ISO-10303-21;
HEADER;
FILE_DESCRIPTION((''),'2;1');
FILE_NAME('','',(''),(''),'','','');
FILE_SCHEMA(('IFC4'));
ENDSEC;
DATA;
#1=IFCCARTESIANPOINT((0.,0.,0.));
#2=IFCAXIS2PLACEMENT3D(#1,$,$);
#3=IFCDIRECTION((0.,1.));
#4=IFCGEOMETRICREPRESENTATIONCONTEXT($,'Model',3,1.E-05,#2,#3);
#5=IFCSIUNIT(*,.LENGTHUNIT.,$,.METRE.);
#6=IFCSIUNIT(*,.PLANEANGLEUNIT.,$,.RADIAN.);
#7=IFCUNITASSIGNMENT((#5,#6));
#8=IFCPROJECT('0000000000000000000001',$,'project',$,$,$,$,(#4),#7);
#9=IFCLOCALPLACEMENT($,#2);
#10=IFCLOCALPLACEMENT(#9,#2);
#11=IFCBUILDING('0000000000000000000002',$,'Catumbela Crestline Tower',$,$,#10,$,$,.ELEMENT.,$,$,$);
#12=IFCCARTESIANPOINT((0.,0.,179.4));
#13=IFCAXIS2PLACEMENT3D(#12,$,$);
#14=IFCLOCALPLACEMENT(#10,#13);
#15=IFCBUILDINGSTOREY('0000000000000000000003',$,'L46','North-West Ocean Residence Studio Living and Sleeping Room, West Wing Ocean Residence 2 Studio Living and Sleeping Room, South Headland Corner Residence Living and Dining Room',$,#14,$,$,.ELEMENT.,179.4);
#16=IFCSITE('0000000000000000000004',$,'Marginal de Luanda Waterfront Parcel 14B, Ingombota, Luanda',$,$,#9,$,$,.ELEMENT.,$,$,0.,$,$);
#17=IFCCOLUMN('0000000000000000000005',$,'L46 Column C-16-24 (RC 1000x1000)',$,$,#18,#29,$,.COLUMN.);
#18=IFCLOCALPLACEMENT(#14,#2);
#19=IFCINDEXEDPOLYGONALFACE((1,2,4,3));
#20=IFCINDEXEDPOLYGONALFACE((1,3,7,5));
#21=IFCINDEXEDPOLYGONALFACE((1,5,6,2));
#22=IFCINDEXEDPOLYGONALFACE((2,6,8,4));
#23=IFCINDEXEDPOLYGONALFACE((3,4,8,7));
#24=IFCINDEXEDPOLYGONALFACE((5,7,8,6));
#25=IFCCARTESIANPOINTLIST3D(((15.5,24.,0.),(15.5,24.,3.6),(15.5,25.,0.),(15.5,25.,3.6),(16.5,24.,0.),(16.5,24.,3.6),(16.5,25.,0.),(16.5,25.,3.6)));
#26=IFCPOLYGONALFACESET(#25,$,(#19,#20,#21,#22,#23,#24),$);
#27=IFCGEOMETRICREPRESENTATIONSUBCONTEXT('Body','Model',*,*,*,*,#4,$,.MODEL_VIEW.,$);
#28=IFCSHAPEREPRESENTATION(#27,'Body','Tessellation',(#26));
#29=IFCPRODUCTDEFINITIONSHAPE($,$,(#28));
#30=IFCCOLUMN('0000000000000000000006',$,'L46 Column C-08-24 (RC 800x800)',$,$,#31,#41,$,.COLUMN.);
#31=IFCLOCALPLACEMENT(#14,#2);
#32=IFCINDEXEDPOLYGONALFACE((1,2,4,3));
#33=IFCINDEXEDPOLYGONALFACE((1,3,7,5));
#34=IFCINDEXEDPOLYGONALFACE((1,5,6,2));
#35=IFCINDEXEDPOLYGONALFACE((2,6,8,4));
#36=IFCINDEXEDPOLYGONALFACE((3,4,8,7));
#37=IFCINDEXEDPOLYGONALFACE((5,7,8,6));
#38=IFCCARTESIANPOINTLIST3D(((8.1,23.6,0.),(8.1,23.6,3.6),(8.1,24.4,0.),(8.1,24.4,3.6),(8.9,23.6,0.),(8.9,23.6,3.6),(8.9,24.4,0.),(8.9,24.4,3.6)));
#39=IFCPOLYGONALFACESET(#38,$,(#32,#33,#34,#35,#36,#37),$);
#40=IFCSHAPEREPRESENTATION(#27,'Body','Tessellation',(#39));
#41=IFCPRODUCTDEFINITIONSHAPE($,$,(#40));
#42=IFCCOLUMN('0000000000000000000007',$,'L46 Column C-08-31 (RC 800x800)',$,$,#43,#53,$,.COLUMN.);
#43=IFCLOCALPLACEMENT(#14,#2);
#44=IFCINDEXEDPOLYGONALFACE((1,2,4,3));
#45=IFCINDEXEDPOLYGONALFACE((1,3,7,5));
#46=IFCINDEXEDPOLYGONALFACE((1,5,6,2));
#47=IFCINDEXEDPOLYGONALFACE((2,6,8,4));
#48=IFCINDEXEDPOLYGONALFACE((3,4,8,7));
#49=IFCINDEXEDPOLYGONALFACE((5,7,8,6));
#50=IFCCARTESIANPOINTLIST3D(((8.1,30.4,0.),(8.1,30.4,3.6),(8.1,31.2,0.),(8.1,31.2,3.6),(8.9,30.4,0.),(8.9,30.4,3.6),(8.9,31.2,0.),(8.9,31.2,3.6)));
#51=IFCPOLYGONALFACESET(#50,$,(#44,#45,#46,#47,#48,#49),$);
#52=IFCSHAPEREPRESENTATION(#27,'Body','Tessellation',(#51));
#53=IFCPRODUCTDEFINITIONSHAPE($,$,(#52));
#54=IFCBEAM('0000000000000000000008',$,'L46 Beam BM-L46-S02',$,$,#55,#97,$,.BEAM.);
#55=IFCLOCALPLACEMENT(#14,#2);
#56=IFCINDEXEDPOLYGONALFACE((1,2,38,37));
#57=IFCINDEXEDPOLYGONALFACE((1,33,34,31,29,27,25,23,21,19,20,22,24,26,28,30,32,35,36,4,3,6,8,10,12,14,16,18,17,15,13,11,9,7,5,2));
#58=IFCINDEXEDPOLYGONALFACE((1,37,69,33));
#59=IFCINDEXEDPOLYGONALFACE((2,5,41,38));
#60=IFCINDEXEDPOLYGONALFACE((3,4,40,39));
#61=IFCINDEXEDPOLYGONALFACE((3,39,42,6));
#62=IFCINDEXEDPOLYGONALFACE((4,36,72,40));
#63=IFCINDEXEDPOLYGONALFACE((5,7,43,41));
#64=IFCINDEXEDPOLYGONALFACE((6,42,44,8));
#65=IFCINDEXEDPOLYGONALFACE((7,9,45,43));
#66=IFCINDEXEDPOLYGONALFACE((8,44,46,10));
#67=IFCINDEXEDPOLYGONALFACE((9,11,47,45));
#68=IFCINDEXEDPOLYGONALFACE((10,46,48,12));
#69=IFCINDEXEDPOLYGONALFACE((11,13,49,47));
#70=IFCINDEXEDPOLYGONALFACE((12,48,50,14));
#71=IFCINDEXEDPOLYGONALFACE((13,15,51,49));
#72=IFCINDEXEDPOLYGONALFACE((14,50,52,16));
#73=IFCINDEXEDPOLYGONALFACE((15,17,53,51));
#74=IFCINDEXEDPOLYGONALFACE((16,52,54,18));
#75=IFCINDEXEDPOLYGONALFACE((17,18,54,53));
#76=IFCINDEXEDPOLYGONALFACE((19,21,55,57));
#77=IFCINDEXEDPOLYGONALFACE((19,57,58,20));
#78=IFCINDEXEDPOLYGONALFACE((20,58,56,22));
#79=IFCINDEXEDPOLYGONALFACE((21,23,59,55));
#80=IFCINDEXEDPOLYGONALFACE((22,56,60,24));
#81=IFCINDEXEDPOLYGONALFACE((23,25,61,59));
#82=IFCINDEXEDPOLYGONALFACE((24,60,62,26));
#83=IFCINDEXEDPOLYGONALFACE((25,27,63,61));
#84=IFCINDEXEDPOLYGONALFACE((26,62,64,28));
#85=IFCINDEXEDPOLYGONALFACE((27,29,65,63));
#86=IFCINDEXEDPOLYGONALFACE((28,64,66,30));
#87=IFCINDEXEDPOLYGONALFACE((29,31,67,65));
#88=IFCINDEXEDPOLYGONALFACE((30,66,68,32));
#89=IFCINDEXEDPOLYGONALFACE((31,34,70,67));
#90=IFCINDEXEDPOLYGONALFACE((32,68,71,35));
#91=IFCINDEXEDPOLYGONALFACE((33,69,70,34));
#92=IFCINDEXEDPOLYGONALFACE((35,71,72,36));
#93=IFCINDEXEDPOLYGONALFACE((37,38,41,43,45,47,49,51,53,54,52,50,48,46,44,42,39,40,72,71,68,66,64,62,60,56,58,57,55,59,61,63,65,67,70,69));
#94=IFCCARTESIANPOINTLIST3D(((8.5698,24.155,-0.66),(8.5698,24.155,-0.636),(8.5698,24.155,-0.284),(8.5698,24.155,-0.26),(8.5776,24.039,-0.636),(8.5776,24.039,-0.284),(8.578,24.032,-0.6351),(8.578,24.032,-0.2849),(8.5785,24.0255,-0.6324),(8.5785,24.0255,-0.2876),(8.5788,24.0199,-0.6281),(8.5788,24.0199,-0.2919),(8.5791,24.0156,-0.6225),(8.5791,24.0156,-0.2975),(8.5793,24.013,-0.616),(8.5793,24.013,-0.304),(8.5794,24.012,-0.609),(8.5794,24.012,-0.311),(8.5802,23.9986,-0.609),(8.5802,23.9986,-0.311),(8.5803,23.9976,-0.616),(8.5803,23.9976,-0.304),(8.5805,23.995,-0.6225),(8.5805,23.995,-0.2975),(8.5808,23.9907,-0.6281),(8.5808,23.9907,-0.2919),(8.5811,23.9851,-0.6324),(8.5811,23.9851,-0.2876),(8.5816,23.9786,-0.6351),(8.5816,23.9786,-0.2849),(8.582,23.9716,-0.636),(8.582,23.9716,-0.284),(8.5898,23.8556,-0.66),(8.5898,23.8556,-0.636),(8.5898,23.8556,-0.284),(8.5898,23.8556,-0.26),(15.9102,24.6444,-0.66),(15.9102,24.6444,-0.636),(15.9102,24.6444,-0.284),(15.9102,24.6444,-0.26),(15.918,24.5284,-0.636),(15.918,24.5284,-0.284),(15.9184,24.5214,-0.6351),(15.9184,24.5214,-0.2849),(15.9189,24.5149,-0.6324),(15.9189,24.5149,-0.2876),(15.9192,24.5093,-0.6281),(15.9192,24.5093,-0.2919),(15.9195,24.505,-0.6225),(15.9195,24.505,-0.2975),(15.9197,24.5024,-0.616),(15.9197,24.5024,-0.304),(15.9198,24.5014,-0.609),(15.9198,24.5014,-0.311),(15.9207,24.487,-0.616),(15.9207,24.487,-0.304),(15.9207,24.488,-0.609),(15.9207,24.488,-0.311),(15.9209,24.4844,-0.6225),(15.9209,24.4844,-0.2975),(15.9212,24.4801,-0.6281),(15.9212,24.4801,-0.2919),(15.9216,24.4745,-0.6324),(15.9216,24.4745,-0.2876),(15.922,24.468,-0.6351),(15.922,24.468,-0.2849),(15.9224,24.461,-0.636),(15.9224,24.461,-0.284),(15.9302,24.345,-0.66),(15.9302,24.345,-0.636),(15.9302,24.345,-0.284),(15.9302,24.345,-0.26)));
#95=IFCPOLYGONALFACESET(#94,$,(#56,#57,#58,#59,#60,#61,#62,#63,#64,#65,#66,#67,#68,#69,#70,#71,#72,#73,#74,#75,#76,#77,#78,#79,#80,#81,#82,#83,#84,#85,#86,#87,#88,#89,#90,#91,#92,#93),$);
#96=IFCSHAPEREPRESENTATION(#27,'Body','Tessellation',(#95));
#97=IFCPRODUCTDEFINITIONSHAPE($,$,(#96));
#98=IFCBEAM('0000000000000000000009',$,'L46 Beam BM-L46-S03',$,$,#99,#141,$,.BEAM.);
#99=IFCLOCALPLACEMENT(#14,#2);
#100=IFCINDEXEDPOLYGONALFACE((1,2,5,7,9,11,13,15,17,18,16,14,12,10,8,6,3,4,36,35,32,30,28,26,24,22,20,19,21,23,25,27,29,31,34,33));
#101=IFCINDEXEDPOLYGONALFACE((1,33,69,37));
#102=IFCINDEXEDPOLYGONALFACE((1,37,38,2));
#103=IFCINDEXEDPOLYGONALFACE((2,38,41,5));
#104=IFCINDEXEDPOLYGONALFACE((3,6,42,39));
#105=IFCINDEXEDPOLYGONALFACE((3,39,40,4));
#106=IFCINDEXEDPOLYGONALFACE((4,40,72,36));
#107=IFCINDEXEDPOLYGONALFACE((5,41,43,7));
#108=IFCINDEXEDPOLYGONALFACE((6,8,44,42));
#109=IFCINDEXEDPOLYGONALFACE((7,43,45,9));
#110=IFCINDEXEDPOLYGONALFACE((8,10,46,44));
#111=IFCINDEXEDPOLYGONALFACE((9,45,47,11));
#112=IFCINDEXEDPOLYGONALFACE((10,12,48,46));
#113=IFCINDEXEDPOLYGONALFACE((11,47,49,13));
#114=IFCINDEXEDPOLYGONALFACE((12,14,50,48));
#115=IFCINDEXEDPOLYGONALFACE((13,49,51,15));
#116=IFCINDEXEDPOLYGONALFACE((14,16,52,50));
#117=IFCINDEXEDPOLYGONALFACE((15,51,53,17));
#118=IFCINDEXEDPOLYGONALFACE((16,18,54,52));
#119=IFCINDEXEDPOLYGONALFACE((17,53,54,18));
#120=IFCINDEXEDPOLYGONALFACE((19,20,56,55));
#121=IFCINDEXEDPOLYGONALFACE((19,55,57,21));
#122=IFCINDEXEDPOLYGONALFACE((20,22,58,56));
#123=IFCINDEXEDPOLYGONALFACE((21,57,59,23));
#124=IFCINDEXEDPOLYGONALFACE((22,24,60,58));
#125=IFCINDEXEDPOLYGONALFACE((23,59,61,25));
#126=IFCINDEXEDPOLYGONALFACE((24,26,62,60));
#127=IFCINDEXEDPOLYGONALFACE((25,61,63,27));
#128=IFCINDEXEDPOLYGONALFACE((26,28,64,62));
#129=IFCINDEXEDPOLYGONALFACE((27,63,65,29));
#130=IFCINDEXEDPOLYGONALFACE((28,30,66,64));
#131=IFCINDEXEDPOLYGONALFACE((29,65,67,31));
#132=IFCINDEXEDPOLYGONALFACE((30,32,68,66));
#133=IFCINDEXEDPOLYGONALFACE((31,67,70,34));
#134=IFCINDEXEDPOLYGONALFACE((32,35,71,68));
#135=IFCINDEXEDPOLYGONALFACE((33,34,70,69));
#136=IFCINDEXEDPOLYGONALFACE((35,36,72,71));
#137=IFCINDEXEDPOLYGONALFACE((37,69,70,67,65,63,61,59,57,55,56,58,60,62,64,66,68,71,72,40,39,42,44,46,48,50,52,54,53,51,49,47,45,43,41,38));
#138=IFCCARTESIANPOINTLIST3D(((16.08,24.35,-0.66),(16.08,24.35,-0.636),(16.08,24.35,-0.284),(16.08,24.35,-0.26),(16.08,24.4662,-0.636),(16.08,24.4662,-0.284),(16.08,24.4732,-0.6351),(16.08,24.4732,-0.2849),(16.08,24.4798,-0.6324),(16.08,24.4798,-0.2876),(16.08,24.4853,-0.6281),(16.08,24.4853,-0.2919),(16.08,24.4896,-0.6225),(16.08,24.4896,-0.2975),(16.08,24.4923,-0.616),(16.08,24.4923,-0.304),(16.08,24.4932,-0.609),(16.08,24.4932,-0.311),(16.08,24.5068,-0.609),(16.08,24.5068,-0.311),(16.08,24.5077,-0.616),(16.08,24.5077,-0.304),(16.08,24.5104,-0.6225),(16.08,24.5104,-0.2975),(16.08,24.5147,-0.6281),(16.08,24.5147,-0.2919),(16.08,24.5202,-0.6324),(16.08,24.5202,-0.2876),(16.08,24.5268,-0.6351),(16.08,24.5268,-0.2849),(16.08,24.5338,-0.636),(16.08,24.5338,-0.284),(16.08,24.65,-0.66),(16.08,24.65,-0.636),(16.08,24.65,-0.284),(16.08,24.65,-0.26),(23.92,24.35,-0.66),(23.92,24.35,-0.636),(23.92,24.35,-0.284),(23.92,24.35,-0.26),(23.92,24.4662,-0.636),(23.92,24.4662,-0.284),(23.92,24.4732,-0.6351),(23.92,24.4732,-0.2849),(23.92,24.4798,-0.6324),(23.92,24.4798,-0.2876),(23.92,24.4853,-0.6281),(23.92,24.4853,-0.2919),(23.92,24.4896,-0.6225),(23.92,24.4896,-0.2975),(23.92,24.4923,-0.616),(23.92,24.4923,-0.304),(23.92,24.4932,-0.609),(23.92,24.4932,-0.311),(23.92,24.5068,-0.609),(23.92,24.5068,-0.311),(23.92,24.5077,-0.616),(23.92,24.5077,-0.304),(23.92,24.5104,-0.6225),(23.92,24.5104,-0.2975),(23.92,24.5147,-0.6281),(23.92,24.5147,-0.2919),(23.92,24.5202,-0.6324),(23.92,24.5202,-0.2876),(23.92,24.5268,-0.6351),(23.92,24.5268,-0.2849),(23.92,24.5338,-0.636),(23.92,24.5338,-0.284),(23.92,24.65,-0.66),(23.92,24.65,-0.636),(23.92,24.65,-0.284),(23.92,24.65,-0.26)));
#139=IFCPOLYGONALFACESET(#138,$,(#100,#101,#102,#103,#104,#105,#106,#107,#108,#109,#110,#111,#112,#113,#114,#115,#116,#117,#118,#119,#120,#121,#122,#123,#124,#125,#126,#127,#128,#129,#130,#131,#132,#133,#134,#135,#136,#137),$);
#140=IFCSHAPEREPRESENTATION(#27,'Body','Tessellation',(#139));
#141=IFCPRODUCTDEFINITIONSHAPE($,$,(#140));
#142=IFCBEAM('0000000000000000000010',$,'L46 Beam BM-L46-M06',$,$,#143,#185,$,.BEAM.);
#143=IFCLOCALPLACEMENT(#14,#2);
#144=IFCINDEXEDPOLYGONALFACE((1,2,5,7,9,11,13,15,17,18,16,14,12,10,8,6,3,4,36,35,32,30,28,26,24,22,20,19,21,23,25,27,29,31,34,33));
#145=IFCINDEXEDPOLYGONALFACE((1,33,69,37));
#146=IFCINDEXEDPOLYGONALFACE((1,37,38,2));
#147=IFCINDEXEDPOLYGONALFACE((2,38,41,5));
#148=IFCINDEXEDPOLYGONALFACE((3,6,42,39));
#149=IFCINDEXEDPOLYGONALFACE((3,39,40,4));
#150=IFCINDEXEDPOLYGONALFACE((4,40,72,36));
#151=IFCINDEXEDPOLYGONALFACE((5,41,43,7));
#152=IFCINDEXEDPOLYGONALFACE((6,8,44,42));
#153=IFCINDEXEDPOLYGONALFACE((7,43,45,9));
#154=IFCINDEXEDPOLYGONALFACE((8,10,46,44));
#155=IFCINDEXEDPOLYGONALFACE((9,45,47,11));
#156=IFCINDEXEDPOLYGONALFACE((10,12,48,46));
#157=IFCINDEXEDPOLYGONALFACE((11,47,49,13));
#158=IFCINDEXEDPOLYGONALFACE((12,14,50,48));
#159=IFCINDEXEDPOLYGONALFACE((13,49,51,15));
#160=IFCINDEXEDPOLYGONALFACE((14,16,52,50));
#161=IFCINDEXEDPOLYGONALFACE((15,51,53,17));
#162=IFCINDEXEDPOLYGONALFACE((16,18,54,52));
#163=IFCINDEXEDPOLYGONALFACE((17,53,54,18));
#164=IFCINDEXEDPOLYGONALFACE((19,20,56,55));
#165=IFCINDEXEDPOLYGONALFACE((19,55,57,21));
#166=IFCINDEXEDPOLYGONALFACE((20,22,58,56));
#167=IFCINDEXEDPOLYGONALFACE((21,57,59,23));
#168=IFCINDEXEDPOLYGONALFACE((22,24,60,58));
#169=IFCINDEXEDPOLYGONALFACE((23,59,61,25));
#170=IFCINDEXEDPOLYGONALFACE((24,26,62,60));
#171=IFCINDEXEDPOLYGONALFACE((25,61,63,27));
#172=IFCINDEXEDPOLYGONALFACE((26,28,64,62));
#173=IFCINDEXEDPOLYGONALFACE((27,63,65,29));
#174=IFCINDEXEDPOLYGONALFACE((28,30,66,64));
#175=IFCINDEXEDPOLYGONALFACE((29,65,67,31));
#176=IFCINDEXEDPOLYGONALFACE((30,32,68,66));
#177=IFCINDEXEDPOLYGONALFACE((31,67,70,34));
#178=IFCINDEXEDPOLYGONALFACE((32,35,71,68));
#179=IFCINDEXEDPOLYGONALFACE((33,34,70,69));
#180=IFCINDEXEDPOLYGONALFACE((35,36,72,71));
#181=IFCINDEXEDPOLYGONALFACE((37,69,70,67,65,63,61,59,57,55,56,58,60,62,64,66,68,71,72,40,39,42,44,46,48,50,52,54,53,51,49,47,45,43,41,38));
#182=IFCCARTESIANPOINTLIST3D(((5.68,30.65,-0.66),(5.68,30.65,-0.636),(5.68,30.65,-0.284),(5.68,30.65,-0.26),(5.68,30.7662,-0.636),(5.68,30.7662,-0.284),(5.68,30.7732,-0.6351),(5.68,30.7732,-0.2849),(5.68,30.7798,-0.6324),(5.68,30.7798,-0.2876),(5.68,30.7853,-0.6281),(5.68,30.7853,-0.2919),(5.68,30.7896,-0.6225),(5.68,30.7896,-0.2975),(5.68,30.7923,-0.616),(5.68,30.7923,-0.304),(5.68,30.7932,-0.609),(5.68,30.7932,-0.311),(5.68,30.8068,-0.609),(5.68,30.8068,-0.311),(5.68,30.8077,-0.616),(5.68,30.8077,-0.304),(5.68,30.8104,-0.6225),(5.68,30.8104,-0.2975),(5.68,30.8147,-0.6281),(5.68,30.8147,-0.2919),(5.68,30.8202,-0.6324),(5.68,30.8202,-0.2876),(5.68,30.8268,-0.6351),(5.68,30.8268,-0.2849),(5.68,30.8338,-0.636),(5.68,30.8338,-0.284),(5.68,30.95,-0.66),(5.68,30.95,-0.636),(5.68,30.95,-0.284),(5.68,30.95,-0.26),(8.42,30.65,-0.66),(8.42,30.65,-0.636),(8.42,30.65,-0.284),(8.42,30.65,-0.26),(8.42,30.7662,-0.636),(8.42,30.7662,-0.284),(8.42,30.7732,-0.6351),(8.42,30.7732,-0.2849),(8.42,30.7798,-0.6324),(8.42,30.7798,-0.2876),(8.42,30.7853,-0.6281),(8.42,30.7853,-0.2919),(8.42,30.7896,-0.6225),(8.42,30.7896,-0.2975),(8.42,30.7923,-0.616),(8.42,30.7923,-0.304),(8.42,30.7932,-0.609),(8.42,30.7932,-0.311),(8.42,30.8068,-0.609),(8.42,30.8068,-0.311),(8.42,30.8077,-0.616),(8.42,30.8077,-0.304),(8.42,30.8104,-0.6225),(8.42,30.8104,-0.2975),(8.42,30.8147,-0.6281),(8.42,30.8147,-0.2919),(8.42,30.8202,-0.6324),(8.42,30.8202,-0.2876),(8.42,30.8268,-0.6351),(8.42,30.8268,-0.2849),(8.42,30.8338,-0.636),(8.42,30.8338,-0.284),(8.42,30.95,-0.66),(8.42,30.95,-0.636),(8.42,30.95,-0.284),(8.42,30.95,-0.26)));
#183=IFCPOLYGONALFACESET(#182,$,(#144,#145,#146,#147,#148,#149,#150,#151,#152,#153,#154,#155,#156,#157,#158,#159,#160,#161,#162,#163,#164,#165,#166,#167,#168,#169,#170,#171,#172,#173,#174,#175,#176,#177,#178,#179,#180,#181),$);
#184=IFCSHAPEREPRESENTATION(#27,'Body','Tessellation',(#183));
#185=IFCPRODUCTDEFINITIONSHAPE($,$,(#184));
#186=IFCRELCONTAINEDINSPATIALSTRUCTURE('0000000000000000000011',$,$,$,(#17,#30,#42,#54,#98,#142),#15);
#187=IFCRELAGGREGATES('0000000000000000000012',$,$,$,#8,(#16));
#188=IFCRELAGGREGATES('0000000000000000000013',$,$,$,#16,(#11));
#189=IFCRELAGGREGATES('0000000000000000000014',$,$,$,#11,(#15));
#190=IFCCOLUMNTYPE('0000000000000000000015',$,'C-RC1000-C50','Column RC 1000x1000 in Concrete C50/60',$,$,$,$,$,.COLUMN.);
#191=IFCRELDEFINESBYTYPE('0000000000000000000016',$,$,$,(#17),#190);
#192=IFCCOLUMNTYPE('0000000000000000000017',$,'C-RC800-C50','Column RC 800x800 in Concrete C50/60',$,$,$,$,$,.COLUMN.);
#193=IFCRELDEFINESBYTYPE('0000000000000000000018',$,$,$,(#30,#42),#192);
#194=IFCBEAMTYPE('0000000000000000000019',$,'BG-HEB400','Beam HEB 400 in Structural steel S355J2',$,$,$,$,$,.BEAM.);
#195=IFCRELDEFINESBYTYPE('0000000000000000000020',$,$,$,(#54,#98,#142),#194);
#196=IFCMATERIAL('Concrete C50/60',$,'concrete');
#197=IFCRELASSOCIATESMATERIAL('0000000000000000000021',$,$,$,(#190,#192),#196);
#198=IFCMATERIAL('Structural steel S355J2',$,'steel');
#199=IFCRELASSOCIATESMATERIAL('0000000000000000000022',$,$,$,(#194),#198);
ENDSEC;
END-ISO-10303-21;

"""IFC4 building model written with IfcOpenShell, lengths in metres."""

from ifc_helpers import new_model, si_unit, direction, frame, origin, origin_2d, place, context, subcontext, project, spatial, rectangle, i_section, extrude, material, material_profile, profile_set, type_object, element, save


model = new_model("IFC4")

# Units and contexts
model_context = context("Model", 3, precision=1e-05, world=origin(), true_north=direction((0.0, 1.0)))
body_context = subcontext(model_context, "Body", "Model", "MODEL_VIEW")
ifc_project = project(units=[si_unit("LENGTHUNIT", "METRE"), si_unit("PLANEANGLEUNIT", "RADIAN")], contexts=[model_context])

# Site, building, storey
site_placement = place(None, origin())
site = spatial("IfcSite", under=ifc_project, at=site_placement, Name="Marginal de Luanda Waterfront Parcel 14B, Ingombota, Luanda", CompositionType="ELEMENT", RefElevation=0.0)
building_placement = place(site_placement, origin())
building = spatial("IfcBuilding", under=site, at=building_placement, Name="Catumbela Crestline Tower", CompositionType="ELEMENT")
storey_placement = place(building_placement, frame((0.0, 0.0, 179.4)))
storey = spatial("IfcBuildingStorey", under=building, at=storey_placement, Name="L46", Description="North-West Ocean Residence Studio Living and Sleeping Room, West Wing Ocean Residence 2 Studio Living and Sleeping Room, South Headland Corner Residence Living and Dining Room", CompositionType="ELEMENT", Elevation=179.4)

# Columns
ifc_material_1 = material(Name="Concrete C50/60", Category="concrete")
ifc_material_profile_1 = material_profile(ifc_material_1, rectangle(XDim=1.0, YDim=1.0, at=origin_2d()), Name="RC 1000x1000")
ifc_profile_set_1 = profile_set([ifc_material_profile_1], Name="Concrete C50/60")
column_type_1 = type_object("IfcColumnType", Name="C-RC1000-C50", Description="Column RC 1000x1000 in Concrete C50/60", PredefinedType="COLUMN", material=ifc_profile_set_1)
column_placement = place(storey_placement, frame((16.0, 24.5, 0.0), z_axis=(0.0, 0.0, 1.0), x_axis=(1.0, 0.0, 0.0)))
element("IfcColumn", 1, at=column_placement, inside=storey, type_object=column_type_1, Name="L46 Column C-16-24 (RC 1000x1000)", PredefinedType="COLUMN", context=body_context, shape_type="SweptSolid", body=[
    extrude(rectangle(XDim=1.0, YDim=1.0, at=origin_2d()), origin(), (0.0, 0.0, 1.0), 3.6),
])
ifc_material_profile_2 = material_profile(ifc_material_1, rectangle(XDim=0.8, YDim=0.8, at=origin_2d()), Name="RC 800x800")
ifc_profile_set_2 = profile_set([ifc_material_profile_2], Name="Concrete C50/60")
column_type_2 = type_object("IfcColumnType", Name="C-RC800-C50", Description="Column RC 800x800 in Concrete C50/60", PredefinedType="COLUMN", material=ifc_profile_set_2)
for number, where, z_axis, x_axis, name in (
    (2, (8.5, 24.0, 0.0), (0.0, 0.0, 1.0), (1.0, 0.0, 0.0), "L46 Column C-08-24 (RC 800x800)"),
    (3, (8.5, 30.8, 0.0), (0.0, 0.0, 1.0), (1.0, 0.0, 0.0), "L46 Column C-08-31 (RC 800x800)"),
):
    element("IfcColumn", number, at=place(storey_placement, frame(where, z_axis=z_axis, x_axis=x_axis)), inside=storey, type_object=column_type_2, Name=name, PredefinedType="COLUMN", context=body_context, shape_type="SweptSolid", body=[
        extrude(rectangle(XDim=0.8, YDim=0.8, at=origin_2d()), origin(), (0.0, 0.0, 1.0), 3.6),
    ])

# Beams
ifc_material_2 = material(Name="Structural steel S355J2", Category="steel")
ifc_material_profile_3 = material_profile(ifc_material_2, i_section(OverallWidth=0.3, OverallDepth=0.4, WebThickness=0.0135, FlangeThickness=0.024, FilletRadius=0.027, at=origin_2d()), Name="HEB 400")
ifc_profile_set_3 = profile_set([ifc_material_profile_3], Name="Structural steel S355J2")
beam_type_1 = type_object("IfcBeamType", Name="BG-HEB400", Description="Beam HEB 400 in Structural steel S355J2", PredefinedType="BEAM", material=ifc_profile_set_3)
beam_1_placement = place(storey_placement, frame((8.5798, 24.0053, -0.46), z_axis=(0.997785, 0.066524, 0.0), x_axis=(-0.066524, 0.997785, 0.0)))
element("IfcBeam", 4, at=beam_1_placement, inside=storey, type_object=beam_type_1, Name="L46 Beam BM-L46-S02", PredefinedType="BEAM", context=body_context, shape_type="SweptSolid", body=[
    extrude(i_section(OverallWidth=0.3, OverallDepth=0.4, WebThickness=0.0135, FlangeThickness=0.024, FilletRadius=0.027, at=origin_2d()), origin(), (0.0, 0.0, 1.0), 7.3567),
])
beam_2_placement = place(storey_placement, frame((16.08, 24.5, -0.46), z_axis=(1.0, 0.0, 0.0), x_axis=(0.0, 1.0, 0.0)))
element("IfcBeam", 5, at=beam_2_placement, inside=storey, type_object=beam_type_1, Name="L46 Beam BM-L46-S03", PredefinedType="BEAM", context=body_context, shape_type="SweptSolid", body=[
    extrude(i_section(OverallWidth=0.3, OverallDepth=0.4, WebThickness=0.0135, FlangeThickness=0.024, FilletRadius=0.027, at=origin_2d()), origin(), (0.0, 0.0, 1.0), 7.84),
])
beam_3_placement = place(storey_placement, frame((5.68, 30.8, -0.46), z_axis=(1.0, 0.0, 0.0), x_axis=(0.0, 1.0, 0.0)))
element("IfcBeam", 6, at=beam_3_placement, inside=storey, type_object=beam_type_1, Name="L46 Beam BM-L46-M06", PredefinedType="BEAM", context=body_context, shape_type="SweptSolid", body=[
    extrude(i_section(OverallWidth=0.3, OverallDepth=0.4, WebThickness=0.0135, FlangeThickness=0.024, FilletRadius=0.027, at=origin_2d()), origin(), (0.0, 0.0, 1.0), 2.74),
])

save(model, "model.ifc")
